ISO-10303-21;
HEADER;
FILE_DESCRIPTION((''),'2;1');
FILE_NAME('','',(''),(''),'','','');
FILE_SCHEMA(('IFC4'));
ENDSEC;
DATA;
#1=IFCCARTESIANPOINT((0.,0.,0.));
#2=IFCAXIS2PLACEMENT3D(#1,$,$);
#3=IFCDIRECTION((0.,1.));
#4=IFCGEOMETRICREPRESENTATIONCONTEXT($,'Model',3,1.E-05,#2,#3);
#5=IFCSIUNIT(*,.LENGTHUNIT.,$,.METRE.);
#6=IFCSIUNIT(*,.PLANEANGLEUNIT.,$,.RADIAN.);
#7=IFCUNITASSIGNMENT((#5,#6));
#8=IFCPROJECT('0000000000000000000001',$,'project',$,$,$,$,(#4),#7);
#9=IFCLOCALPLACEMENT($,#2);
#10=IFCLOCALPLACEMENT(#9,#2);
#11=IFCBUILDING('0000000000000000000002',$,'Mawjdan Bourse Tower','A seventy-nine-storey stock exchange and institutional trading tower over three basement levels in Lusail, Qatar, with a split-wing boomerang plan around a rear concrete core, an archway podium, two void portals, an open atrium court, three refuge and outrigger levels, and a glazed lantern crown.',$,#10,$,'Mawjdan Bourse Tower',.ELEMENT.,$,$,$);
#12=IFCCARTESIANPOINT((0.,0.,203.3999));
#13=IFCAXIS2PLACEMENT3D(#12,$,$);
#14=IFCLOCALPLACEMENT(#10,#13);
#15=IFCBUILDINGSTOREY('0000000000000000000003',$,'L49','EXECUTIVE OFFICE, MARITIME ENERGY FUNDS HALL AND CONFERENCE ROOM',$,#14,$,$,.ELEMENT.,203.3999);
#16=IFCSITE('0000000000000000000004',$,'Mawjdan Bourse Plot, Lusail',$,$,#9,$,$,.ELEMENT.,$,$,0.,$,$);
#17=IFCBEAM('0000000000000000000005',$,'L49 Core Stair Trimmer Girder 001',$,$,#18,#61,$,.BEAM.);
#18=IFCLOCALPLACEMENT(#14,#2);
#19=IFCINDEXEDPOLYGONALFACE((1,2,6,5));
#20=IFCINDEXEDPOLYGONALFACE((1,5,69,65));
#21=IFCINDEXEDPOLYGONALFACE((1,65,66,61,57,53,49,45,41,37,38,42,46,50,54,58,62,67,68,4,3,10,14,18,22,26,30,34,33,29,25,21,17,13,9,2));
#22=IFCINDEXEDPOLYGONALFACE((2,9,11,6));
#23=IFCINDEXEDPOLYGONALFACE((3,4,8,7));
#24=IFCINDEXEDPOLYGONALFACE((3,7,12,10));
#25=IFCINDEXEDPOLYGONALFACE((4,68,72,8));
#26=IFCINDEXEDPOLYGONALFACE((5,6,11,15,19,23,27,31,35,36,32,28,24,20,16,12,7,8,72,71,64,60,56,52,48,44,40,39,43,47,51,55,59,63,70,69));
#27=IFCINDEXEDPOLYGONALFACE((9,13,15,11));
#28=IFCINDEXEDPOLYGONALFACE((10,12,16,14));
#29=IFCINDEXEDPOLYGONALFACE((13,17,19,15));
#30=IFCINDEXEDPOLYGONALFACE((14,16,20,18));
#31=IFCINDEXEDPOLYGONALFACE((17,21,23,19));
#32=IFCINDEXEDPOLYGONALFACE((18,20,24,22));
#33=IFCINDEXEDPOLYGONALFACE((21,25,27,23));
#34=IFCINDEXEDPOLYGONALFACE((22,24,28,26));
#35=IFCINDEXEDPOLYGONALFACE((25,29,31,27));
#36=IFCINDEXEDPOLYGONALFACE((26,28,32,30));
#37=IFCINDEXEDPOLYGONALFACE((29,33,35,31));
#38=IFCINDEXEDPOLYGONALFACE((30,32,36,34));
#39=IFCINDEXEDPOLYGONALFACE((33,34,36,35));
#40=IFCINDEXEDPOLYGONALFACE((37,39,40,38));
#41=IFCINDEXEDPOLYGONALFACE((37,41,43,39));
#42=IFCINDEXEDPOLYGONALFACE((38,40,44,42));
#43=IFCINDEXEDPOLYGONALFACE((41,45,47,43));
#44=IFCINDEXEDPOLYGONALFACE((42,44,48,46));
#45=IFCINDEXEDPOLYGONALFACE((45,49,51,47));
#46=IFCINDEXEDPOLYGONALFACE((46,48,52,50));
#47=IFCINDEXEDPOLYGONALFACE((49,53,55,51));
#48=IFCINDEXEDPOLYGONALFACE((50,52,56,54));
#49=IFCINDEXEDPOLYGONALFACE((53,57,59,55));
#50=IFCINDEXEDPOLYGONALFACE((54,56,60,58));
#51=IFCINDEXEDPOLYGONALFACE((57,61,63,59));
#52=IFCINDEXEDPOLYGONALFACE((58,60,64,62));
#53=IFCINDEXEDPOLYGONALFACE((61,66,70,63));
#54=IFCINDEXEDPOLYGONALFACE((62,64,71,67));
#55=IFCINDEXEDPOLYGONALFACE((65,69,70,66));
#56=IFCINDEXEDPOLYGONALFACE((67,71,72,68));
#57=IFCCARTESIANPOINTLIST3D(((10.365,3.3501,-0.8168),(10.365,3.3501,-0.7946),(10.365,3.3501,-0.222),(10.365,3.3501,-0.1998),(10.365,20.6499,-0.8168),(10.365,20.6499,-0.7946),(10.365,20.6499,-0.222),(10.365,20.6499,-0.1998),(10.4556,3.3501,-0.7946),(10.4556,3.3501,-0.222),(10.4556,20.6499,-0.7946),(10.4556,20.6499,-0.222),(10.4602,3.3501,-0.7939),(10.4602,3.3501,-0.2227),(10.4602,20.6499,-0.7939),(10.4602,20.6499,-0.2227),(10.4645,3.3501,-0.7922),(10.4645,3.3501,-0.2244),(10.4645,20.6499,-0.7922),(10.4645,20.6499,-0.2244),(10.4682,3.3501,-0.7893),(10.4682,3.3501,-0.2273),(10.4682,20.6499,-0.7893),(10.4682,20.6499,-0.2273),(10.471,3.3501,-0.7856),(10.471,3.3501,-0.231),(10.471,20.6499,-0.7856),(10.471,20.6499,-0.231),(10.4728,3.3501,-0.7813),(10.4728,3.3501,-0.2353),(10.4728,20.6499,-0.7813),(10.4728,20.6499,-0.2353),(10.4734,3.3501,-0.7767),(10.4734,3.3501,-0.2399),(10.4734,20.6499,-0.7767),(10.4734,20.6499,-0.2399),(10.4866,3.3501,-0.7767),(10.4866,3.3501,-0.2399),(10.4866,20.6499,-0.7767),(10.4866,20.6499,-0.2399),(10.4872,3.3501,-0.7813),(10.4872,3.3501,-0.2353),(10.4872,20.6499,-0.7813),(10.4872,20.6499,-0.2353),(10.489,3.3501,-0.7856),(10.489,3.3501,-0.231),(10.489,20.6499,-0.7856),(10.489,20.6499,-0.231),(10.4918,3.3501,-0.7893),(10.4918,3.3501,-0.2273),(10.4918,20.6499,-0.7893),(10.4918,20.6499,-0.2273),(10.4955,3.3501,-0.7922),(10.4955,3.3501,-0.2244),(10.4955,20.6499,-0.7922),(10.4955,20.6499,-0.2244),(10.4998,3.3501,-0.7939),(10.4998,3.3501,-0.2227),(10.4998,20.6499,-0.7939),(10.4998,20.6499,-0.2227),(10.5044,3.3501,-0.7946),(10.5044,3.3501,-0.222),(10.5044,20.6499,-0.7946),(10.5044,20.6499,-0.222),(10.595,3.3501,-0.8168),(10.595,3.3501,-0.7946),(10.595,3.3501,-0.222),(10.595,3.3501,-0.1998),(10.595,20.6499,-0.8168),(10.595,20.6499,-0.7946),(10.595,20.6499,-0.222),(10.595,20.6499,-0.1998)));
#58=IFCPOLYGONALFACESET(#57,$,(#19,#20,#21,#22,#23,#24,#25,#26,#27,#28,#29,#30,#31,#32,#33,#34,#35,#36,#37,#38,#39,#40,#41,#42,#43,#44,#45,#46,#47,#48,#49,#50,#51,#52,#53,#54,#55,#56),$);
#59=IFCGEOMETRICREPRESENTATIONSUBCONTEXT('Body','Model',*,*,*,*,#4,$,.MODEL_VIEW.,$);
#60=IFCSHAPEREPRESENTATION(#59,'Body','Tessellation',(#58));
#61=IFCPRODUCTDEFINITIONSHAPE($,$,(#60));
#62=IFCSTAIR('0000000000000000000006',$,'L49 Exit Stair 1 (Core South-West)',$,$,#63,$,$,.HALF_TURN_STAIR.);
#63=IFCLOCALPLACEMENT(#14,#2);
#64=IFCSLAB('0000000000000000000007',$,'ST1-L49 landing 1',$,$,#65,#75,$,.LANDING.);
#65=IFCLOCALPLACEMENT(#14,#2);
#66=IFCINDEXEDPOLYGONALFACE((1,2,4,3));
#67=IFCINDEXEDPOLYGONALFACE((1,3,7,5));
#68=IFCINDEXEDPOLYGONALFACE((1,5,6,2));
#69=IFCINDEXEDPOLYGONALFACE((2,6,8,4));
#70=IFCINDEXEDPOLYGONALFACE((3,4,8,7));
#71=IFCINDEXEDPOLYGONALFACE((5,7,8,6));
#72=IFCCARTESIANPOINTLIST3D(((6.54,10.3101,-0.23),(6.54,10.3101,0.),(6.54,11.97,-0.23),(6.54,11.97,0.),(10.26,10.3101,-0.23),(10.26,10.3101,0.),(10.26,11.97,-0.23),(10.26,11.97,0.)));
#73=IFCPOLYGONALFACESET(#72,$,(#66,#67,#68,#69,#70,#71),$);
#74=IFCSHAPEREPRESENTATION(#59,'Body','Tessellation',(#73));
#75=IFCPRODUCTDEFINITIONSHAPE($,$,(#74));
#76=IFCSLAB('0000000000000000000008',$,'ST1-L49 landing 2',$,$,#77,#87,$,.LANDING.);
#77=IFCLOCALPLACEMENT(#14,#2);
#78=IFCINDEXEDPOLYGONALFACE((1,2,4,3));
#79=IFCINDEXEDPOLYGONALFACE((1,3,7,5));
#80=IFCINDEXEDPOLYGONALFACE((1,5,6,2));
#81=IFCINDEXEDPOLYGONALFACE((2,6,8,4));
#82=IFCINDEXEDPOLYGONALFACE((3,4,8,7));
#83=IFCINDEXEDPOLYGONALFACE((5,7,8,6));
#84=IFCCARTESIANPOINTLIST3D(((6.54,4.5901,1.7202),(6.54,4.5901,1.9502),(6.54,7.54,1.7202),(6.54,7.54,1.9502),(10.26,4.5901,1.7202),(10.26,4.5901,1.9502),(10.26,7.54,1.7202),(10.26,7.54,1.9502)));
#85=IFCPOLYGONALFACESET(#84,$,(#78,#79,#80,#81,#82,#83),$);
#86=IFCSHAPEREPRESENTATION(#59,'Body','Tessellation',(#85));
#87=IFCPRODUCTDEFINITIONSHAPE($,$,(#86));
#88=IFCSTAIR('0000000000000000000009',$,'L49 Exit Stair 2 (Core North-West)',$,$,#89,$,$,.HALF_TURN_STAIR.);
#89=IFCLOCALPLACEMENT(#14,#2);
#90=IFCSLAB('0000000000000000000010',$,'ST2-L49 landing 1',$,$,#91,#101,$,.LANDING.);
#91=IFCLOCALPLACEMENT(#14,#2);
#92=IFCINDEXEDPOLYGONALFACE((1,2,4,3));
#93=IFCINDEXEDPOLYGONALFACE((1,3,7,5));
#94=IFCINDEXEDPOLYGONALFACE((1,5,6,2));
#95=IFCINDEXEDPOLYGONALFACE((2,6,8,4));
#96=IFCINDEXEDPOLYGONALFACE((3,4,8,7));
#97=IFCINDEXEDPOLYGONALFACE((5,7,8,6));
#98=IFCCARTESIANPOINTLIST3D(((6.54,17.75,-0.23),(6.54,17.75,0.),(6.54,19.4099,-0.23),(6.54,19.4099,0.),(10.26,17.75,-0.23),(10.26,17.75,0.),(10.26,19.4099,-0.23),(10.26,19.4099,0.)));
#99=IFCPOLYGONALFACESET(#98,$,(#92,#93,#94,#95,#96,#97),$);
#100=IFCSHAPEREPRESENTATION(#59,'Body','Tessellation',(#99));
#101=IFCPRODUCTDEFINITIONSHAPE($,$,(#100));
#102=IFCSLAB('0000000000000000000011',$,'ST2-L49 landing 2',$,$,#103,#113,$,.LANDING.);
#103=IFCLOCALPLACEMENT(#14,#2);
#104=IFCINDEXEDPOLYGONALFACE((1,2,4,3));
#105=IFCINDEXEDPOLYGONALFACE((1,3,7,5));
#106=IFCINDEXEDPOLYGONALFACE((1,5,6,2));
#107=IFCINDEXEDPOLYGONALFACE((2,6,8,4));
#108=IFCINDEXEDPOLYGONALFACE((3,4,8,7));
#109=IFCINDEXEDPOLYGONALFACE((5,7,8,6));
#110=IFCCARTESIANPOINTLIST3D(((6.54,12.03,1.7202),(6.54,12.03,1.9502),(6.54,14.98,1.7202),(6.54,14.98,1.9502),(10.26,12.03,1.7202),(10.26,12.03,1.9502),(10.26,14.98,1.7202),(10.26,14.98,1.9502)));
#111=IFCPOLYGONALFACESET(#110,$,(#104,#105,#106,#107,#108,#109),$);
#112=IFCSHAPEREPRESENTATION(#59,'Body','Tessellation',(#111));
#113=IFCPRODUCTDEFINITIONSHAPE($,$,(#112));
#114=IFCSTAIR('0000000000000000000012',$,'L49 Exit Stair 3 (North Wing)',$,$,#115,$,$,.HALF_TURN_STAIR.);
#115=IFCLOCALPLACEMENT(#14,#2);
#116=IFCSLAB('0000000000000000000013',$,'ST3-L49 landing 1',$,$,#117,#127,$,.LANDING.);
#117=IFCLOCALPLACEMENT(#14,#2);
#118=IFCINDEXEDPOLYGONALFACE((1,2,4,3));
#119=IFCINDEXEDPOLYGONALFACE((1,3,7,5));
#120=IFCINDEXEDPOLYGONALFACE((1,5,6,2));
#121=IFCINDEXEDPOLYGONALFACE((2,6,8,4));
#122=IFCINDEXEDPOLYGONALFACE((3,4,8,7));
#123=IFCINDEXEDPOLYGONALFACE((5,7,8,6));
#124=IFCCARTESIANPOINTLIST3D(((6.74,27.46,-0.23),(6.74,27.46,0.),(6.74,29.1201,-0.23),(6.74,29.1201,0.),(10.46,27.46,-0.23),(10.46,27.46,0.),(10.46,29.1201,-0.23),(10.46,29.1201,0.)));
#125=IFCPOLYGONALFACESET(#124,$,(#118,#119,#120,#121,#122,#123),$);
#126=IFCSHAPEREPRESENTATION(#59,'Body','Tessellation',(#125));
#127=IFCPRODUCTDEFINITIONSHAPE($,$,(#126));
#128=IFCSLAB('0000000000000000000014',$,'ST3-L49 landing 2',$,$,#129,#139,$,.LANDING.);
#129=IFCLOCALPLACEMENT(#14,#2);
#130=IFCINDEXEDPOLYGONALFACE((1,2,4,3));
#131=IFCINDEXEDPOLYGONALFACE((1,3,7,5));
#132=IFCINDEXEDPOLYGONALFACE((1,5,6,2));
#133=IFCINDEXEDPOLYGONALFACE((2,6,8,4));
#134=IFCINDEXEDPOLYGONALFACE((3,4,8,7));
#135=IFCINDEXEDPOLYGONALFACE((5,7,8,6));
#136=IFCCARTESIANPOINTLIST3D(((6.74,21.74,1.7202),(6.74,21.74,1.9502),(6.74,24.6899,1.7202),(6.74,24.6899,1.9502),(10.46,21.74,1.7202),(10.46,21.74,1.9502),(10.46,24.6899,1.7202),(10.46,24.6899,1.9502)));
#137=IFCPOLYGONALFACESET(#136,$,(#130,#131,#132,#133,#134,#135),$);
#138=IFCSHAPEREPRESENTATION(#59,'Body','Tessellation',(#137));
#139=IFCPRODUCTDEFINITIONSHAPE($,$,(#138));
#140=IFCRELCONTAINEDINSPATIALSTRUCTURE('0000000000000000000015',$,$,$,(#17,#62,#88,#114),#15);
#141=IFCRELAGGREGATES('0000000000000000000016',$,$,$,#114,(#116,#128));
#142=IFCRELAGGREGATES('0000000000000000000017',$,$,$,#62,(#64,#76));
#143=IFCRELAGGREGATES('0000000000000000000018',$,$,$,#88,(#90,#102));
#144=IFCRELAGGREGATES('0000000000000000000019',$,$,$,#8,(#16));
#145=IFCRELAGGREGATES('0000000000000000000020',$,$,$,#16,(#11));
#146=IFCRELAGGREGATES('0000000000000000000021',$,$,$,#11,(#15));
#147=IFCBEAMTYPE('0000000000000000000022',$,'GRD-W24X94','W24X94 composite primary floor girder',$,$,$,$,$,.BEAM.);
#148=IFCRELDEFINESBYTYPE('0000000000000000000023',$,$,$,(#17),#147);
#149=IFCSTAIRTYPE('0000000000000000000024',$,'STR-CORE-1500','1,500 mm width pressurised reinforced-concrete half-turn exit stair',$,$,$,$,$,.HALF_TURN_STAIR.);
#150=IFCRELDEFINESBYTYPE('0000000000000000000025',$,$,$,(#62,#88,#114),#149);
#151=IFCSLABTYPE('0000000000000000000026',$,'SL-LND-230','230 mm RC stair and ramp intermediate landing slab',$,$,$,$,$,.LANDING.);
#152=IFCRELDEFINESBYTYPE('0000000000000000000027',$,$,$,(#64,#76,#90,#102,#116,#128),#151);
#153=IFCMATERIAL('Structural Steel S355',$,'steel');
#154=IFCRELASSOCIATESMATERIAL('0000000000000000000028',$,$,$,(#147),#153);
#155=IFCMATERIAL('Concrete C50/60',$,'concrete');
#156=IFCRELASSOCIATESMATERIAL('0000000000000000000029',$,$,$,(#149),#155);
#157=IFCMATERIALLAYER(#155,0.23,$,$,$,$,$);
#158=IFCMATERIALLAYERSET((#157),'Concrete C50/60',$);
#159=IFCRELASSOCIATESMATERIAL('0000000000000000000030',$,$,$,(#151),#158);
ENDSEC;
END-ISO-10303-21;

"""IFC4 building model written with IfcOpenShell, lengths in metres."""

from ifc_helpers import new_model, si_unit, direction, frame, origin, origin_2d, place, context, subcontext, project, spatial, polyline, i_section, outline, extrude, material, layer, layer_set, material_profile, profile_set, type_object, element, aggregate, save


model = new_model("IFC4")

# Units and contexts
model_context = context("Model", 3, precision=1e-05, world=origin(), true_north=direction((0.0, 1.0)))
body_context = subcontext(model_context, "Body", "Model", "MODEL_VIEW")
ifc_project = project(units=[si_unit("LENGTHUNIT", "METRE"), si_unit("PLANEANGLEUNIT", "RADIAN")], contexts=[model_context])

# Site, building, storey
site_placement = place(None, origin())
site = spatial("IfcSite", under=ifc_project, at=site_placement, Name="Mawjdan Bourse Plot, Lusail", CompositionType="ELEMENT", RefElevation=0.0)
building_placement = place(site_placement, origin())
building = spatial("IfcBuilding", under=site, at=building_placement, Name="Mawjdan Bourse Tower", Description="A seventy-nine-storey stock exchange and institutional trading tower over three basement levels in Lusail, Qatar, with a split-wing boomerang plan around a rear concrete core, an archway podium, two void portals, an open atrium court, three refuge and outrigger levels, and a glazed lantern crown.", LongName="Mawjdan Bourse Tower", CompositionType="ELEMENT")
storey_placement = place(building_placement, frame((0.0, 0.0, 203.3999)))
storey = spatial("IfcBuildingStorey", under=building, at=storey_placement, Name="L49", Description="EXECUTIVE OFFICE, MARITIME ENERGY FUNDS HALL AND CONFERENCE ROOM", CompositionType="ELEMENT", Elevation=203.3999)

# Beam
ifc_material_1 = material(Name="Structural Steel S355", Category="steel")
ifc_material_profile = material_profile(ifc_material_1, i_section(OverallWidth=0.23, OverallDepth=0.6169, WebThickness=0.0132, FlangeThickness=0.0222, FilletRadius=0.0178, at=origin_2d()), Name="W24X94")
ifc_profile_set = profile_set([ifc_material_profile], Name="Structural Steel S355")
beam_type = type_object("IfcBeamType", Name="GRD-W24X94", Description="W24X94 composite primary floor girder", PredefinedType="BEAM", material=ifc_profile_set)
beam_placement = place(storey_placement, frame((10.48, 3.3501, -0.5083), z_axis=(0.0, 1.0, 0.0), x_axis=(-1.0, 0.0, 0.0)))
element("IfcBeam", 1, at=beam_placement, inside=storey, type_object=beam_type, Name="L49 Core Stair Trimmer Girder 001", PredefinedType="BEAM", context=body_context, shape_type="SweptSolid", body=[
    extrude(i_section(OverallWidth=0.23, OverallDepth=0.6169, WebThickness=0.0132, FlangeThickness=0.0222, FilletRadius=0.0178, at=origin_2d()), origin(), (0.0, 0.0, 1.0), 17.2998),
])

# Stairs, slabs
ifc_material_2 = material(Name="Concrete C50/60", Category="concrete")
stair_type = type_object("IfcStairType", Name="STR-CORE-1500", Description="1,500 mm width pressurised reinforced-concrete half-turn exit stair", PredefinedType="HALF_TURN_STAIR", material=ifc_material_2)
stair_1_placement = place(storey_placement, origin())
stair_1 = element("IfcStair", 2, at=stair_1_placement, inside=storey, type_object=stair_type, Name="L49 Exit Stair 1 (Core South-West)", PredefinedType="HALF_TURN_STAIR")
ifc_layer_1 = layer(ifc_material_2, 0.23)
ifc_layer_set_1 = layer_set([ifc_layer_1], Name="Concrete C50/60")
slab_type_1 = type_object("IfcSlabType", Name="SL-LND-230", Description="230 mm RC stair and ramp intermediate landing slab", PredefinedType="LANDING", material=ifc_layer_set_1)
slab_1_placement = place(storey_placement, frame((0.0, 0.0, -0.23)))
slab_1 = element("IfcSlab", 3, at=slab_1_placement, type_object=slab_type_1, Name="ST1-L49 landing 1", PredefinedType="LANDING", context=body_context, shape_type="SweptSolid", body=[
    extrude(outline(polyline([(6.54, 10.3101), (10.26, 10.3101), (10.26, 11.97), (6.54, 11.97), (6.54, 10.3101)])), origin(), (0.0, 0.0, 1.0), 0.23),
])
slab_2_placement = place(storey_placement, frame((0.0, 0.0, 1.7202)))
slab_2 = element("IfcSlab", 4, at=slab_2_placement, type_object=slab_type_1, Name="ST1-L49 landing 2", PredefinedType="LANDING", context=body_context, shape_type="SweptSolid", body=[
    extrude(outline(polyline([(6.54, 4.5901), (10.26, 4.5901), (10.26, 7.54), (6.54, 7.54), (6.54, 4.5901)])), origin(), (0.0, 0.0, 1.0), 0.23),
])
stair_2_placement = place(storey_placement, origin())
stair_2 = element("IfcStair", 5, at=stair_2_placement, inside=storey, type_object=stair_type, Name="L49 Exit Stair 2 (Core North-West)", PredefinedType="HALF_TURN_STAIR")
slab_3_placement = place(storey_placement, frame((0.0, 0.0, -0.23)))
slab_3 = element("IfcSlab", 6, at=slab_3_placement, type_object=slab_type_1, Name="ST2-L49 landing 1", PredefinedType="LANDING", context=body_context, shape_type="SweptSolid", body=[
    extrude(outline(polyline([(6.54, 17.75), (10.26, 17.75), (10.26, 19.4099), (6.54, 19.4099), (6.54, 17.75)])), origin(), (0.0, 0.0, 1.0), 0.23),
])
slab_4_placement = place(storey_placement, frame((0.0, 0.0, 1.7202)))
slab_4 = element("IfcSlab", 7, at=slab_4_placement, type_object=slab_type_1, Name="ST2-L49 landing 2", PredefinedType="LANDING", context=body_context, shape_type="SweptSolid", body=[
    extrude(outline(polyline([(6.54, 12.03), (10.26, 12.03), (10.26, 14.98), (6.54, 14.98), (6.54, 12.03)])), origin(), (0.0, 0.0, 1.0), 0.23),
])
stair_3_placement = place(storey_placement, origin())
stair_3 = element("IfcStair", 8, at=stair_3_placement, inside=storey, type_object=stair_type, Name="L49 Exit Stair 3 (North Wing)", PredefinedType="HALF_TURN_STAIR")
slab_5_placement = place(storey_placement, frame((0.0, 0.0, -0.23)))
slab_5 = element("IfcSlab", 9, at=slab_5_placement, type_object=slab_type_1, Name="ST3-L49 landing 1", PredefinedType="LANDING", context=body_context, shape_type="SweptSolid", body=[
    extrude(outline(polyline([(6.74, 27.46), (10.46, 27.46), (10.46, 29.1201), (6.74, 29.1201), (6.74, 27.46)])), origin(), (0.0, 0.0, 1.0), 0.23),
])
slab_6_placement = place(storey_placement, frame((0.0, 0.0, 1.7202)))
slab_6 = element("IfcSlab", 10, at=slab_6_placement, type_object=slab_type_1, Name="ST3-L49 landing 2", PredefinedType="LANDING", context=body_context, shape_type="SweptSolid", body=[
    extrude(outline(polyline([(6.74, 21.74), (10.46, 21.74), (10.46, 24.6899), (6.74, 24.6899), (6.74, 21.74)])), origin(), (0.0, 0.0, 1.0), 0.23),
])
aggregate(stair_3, [slab_5, slab_6])

aggregate(stair_1, [slab_1, slab_2])
aggregate(stair_2, [slab_3, slab_4])

save(model, "model.ifc")
